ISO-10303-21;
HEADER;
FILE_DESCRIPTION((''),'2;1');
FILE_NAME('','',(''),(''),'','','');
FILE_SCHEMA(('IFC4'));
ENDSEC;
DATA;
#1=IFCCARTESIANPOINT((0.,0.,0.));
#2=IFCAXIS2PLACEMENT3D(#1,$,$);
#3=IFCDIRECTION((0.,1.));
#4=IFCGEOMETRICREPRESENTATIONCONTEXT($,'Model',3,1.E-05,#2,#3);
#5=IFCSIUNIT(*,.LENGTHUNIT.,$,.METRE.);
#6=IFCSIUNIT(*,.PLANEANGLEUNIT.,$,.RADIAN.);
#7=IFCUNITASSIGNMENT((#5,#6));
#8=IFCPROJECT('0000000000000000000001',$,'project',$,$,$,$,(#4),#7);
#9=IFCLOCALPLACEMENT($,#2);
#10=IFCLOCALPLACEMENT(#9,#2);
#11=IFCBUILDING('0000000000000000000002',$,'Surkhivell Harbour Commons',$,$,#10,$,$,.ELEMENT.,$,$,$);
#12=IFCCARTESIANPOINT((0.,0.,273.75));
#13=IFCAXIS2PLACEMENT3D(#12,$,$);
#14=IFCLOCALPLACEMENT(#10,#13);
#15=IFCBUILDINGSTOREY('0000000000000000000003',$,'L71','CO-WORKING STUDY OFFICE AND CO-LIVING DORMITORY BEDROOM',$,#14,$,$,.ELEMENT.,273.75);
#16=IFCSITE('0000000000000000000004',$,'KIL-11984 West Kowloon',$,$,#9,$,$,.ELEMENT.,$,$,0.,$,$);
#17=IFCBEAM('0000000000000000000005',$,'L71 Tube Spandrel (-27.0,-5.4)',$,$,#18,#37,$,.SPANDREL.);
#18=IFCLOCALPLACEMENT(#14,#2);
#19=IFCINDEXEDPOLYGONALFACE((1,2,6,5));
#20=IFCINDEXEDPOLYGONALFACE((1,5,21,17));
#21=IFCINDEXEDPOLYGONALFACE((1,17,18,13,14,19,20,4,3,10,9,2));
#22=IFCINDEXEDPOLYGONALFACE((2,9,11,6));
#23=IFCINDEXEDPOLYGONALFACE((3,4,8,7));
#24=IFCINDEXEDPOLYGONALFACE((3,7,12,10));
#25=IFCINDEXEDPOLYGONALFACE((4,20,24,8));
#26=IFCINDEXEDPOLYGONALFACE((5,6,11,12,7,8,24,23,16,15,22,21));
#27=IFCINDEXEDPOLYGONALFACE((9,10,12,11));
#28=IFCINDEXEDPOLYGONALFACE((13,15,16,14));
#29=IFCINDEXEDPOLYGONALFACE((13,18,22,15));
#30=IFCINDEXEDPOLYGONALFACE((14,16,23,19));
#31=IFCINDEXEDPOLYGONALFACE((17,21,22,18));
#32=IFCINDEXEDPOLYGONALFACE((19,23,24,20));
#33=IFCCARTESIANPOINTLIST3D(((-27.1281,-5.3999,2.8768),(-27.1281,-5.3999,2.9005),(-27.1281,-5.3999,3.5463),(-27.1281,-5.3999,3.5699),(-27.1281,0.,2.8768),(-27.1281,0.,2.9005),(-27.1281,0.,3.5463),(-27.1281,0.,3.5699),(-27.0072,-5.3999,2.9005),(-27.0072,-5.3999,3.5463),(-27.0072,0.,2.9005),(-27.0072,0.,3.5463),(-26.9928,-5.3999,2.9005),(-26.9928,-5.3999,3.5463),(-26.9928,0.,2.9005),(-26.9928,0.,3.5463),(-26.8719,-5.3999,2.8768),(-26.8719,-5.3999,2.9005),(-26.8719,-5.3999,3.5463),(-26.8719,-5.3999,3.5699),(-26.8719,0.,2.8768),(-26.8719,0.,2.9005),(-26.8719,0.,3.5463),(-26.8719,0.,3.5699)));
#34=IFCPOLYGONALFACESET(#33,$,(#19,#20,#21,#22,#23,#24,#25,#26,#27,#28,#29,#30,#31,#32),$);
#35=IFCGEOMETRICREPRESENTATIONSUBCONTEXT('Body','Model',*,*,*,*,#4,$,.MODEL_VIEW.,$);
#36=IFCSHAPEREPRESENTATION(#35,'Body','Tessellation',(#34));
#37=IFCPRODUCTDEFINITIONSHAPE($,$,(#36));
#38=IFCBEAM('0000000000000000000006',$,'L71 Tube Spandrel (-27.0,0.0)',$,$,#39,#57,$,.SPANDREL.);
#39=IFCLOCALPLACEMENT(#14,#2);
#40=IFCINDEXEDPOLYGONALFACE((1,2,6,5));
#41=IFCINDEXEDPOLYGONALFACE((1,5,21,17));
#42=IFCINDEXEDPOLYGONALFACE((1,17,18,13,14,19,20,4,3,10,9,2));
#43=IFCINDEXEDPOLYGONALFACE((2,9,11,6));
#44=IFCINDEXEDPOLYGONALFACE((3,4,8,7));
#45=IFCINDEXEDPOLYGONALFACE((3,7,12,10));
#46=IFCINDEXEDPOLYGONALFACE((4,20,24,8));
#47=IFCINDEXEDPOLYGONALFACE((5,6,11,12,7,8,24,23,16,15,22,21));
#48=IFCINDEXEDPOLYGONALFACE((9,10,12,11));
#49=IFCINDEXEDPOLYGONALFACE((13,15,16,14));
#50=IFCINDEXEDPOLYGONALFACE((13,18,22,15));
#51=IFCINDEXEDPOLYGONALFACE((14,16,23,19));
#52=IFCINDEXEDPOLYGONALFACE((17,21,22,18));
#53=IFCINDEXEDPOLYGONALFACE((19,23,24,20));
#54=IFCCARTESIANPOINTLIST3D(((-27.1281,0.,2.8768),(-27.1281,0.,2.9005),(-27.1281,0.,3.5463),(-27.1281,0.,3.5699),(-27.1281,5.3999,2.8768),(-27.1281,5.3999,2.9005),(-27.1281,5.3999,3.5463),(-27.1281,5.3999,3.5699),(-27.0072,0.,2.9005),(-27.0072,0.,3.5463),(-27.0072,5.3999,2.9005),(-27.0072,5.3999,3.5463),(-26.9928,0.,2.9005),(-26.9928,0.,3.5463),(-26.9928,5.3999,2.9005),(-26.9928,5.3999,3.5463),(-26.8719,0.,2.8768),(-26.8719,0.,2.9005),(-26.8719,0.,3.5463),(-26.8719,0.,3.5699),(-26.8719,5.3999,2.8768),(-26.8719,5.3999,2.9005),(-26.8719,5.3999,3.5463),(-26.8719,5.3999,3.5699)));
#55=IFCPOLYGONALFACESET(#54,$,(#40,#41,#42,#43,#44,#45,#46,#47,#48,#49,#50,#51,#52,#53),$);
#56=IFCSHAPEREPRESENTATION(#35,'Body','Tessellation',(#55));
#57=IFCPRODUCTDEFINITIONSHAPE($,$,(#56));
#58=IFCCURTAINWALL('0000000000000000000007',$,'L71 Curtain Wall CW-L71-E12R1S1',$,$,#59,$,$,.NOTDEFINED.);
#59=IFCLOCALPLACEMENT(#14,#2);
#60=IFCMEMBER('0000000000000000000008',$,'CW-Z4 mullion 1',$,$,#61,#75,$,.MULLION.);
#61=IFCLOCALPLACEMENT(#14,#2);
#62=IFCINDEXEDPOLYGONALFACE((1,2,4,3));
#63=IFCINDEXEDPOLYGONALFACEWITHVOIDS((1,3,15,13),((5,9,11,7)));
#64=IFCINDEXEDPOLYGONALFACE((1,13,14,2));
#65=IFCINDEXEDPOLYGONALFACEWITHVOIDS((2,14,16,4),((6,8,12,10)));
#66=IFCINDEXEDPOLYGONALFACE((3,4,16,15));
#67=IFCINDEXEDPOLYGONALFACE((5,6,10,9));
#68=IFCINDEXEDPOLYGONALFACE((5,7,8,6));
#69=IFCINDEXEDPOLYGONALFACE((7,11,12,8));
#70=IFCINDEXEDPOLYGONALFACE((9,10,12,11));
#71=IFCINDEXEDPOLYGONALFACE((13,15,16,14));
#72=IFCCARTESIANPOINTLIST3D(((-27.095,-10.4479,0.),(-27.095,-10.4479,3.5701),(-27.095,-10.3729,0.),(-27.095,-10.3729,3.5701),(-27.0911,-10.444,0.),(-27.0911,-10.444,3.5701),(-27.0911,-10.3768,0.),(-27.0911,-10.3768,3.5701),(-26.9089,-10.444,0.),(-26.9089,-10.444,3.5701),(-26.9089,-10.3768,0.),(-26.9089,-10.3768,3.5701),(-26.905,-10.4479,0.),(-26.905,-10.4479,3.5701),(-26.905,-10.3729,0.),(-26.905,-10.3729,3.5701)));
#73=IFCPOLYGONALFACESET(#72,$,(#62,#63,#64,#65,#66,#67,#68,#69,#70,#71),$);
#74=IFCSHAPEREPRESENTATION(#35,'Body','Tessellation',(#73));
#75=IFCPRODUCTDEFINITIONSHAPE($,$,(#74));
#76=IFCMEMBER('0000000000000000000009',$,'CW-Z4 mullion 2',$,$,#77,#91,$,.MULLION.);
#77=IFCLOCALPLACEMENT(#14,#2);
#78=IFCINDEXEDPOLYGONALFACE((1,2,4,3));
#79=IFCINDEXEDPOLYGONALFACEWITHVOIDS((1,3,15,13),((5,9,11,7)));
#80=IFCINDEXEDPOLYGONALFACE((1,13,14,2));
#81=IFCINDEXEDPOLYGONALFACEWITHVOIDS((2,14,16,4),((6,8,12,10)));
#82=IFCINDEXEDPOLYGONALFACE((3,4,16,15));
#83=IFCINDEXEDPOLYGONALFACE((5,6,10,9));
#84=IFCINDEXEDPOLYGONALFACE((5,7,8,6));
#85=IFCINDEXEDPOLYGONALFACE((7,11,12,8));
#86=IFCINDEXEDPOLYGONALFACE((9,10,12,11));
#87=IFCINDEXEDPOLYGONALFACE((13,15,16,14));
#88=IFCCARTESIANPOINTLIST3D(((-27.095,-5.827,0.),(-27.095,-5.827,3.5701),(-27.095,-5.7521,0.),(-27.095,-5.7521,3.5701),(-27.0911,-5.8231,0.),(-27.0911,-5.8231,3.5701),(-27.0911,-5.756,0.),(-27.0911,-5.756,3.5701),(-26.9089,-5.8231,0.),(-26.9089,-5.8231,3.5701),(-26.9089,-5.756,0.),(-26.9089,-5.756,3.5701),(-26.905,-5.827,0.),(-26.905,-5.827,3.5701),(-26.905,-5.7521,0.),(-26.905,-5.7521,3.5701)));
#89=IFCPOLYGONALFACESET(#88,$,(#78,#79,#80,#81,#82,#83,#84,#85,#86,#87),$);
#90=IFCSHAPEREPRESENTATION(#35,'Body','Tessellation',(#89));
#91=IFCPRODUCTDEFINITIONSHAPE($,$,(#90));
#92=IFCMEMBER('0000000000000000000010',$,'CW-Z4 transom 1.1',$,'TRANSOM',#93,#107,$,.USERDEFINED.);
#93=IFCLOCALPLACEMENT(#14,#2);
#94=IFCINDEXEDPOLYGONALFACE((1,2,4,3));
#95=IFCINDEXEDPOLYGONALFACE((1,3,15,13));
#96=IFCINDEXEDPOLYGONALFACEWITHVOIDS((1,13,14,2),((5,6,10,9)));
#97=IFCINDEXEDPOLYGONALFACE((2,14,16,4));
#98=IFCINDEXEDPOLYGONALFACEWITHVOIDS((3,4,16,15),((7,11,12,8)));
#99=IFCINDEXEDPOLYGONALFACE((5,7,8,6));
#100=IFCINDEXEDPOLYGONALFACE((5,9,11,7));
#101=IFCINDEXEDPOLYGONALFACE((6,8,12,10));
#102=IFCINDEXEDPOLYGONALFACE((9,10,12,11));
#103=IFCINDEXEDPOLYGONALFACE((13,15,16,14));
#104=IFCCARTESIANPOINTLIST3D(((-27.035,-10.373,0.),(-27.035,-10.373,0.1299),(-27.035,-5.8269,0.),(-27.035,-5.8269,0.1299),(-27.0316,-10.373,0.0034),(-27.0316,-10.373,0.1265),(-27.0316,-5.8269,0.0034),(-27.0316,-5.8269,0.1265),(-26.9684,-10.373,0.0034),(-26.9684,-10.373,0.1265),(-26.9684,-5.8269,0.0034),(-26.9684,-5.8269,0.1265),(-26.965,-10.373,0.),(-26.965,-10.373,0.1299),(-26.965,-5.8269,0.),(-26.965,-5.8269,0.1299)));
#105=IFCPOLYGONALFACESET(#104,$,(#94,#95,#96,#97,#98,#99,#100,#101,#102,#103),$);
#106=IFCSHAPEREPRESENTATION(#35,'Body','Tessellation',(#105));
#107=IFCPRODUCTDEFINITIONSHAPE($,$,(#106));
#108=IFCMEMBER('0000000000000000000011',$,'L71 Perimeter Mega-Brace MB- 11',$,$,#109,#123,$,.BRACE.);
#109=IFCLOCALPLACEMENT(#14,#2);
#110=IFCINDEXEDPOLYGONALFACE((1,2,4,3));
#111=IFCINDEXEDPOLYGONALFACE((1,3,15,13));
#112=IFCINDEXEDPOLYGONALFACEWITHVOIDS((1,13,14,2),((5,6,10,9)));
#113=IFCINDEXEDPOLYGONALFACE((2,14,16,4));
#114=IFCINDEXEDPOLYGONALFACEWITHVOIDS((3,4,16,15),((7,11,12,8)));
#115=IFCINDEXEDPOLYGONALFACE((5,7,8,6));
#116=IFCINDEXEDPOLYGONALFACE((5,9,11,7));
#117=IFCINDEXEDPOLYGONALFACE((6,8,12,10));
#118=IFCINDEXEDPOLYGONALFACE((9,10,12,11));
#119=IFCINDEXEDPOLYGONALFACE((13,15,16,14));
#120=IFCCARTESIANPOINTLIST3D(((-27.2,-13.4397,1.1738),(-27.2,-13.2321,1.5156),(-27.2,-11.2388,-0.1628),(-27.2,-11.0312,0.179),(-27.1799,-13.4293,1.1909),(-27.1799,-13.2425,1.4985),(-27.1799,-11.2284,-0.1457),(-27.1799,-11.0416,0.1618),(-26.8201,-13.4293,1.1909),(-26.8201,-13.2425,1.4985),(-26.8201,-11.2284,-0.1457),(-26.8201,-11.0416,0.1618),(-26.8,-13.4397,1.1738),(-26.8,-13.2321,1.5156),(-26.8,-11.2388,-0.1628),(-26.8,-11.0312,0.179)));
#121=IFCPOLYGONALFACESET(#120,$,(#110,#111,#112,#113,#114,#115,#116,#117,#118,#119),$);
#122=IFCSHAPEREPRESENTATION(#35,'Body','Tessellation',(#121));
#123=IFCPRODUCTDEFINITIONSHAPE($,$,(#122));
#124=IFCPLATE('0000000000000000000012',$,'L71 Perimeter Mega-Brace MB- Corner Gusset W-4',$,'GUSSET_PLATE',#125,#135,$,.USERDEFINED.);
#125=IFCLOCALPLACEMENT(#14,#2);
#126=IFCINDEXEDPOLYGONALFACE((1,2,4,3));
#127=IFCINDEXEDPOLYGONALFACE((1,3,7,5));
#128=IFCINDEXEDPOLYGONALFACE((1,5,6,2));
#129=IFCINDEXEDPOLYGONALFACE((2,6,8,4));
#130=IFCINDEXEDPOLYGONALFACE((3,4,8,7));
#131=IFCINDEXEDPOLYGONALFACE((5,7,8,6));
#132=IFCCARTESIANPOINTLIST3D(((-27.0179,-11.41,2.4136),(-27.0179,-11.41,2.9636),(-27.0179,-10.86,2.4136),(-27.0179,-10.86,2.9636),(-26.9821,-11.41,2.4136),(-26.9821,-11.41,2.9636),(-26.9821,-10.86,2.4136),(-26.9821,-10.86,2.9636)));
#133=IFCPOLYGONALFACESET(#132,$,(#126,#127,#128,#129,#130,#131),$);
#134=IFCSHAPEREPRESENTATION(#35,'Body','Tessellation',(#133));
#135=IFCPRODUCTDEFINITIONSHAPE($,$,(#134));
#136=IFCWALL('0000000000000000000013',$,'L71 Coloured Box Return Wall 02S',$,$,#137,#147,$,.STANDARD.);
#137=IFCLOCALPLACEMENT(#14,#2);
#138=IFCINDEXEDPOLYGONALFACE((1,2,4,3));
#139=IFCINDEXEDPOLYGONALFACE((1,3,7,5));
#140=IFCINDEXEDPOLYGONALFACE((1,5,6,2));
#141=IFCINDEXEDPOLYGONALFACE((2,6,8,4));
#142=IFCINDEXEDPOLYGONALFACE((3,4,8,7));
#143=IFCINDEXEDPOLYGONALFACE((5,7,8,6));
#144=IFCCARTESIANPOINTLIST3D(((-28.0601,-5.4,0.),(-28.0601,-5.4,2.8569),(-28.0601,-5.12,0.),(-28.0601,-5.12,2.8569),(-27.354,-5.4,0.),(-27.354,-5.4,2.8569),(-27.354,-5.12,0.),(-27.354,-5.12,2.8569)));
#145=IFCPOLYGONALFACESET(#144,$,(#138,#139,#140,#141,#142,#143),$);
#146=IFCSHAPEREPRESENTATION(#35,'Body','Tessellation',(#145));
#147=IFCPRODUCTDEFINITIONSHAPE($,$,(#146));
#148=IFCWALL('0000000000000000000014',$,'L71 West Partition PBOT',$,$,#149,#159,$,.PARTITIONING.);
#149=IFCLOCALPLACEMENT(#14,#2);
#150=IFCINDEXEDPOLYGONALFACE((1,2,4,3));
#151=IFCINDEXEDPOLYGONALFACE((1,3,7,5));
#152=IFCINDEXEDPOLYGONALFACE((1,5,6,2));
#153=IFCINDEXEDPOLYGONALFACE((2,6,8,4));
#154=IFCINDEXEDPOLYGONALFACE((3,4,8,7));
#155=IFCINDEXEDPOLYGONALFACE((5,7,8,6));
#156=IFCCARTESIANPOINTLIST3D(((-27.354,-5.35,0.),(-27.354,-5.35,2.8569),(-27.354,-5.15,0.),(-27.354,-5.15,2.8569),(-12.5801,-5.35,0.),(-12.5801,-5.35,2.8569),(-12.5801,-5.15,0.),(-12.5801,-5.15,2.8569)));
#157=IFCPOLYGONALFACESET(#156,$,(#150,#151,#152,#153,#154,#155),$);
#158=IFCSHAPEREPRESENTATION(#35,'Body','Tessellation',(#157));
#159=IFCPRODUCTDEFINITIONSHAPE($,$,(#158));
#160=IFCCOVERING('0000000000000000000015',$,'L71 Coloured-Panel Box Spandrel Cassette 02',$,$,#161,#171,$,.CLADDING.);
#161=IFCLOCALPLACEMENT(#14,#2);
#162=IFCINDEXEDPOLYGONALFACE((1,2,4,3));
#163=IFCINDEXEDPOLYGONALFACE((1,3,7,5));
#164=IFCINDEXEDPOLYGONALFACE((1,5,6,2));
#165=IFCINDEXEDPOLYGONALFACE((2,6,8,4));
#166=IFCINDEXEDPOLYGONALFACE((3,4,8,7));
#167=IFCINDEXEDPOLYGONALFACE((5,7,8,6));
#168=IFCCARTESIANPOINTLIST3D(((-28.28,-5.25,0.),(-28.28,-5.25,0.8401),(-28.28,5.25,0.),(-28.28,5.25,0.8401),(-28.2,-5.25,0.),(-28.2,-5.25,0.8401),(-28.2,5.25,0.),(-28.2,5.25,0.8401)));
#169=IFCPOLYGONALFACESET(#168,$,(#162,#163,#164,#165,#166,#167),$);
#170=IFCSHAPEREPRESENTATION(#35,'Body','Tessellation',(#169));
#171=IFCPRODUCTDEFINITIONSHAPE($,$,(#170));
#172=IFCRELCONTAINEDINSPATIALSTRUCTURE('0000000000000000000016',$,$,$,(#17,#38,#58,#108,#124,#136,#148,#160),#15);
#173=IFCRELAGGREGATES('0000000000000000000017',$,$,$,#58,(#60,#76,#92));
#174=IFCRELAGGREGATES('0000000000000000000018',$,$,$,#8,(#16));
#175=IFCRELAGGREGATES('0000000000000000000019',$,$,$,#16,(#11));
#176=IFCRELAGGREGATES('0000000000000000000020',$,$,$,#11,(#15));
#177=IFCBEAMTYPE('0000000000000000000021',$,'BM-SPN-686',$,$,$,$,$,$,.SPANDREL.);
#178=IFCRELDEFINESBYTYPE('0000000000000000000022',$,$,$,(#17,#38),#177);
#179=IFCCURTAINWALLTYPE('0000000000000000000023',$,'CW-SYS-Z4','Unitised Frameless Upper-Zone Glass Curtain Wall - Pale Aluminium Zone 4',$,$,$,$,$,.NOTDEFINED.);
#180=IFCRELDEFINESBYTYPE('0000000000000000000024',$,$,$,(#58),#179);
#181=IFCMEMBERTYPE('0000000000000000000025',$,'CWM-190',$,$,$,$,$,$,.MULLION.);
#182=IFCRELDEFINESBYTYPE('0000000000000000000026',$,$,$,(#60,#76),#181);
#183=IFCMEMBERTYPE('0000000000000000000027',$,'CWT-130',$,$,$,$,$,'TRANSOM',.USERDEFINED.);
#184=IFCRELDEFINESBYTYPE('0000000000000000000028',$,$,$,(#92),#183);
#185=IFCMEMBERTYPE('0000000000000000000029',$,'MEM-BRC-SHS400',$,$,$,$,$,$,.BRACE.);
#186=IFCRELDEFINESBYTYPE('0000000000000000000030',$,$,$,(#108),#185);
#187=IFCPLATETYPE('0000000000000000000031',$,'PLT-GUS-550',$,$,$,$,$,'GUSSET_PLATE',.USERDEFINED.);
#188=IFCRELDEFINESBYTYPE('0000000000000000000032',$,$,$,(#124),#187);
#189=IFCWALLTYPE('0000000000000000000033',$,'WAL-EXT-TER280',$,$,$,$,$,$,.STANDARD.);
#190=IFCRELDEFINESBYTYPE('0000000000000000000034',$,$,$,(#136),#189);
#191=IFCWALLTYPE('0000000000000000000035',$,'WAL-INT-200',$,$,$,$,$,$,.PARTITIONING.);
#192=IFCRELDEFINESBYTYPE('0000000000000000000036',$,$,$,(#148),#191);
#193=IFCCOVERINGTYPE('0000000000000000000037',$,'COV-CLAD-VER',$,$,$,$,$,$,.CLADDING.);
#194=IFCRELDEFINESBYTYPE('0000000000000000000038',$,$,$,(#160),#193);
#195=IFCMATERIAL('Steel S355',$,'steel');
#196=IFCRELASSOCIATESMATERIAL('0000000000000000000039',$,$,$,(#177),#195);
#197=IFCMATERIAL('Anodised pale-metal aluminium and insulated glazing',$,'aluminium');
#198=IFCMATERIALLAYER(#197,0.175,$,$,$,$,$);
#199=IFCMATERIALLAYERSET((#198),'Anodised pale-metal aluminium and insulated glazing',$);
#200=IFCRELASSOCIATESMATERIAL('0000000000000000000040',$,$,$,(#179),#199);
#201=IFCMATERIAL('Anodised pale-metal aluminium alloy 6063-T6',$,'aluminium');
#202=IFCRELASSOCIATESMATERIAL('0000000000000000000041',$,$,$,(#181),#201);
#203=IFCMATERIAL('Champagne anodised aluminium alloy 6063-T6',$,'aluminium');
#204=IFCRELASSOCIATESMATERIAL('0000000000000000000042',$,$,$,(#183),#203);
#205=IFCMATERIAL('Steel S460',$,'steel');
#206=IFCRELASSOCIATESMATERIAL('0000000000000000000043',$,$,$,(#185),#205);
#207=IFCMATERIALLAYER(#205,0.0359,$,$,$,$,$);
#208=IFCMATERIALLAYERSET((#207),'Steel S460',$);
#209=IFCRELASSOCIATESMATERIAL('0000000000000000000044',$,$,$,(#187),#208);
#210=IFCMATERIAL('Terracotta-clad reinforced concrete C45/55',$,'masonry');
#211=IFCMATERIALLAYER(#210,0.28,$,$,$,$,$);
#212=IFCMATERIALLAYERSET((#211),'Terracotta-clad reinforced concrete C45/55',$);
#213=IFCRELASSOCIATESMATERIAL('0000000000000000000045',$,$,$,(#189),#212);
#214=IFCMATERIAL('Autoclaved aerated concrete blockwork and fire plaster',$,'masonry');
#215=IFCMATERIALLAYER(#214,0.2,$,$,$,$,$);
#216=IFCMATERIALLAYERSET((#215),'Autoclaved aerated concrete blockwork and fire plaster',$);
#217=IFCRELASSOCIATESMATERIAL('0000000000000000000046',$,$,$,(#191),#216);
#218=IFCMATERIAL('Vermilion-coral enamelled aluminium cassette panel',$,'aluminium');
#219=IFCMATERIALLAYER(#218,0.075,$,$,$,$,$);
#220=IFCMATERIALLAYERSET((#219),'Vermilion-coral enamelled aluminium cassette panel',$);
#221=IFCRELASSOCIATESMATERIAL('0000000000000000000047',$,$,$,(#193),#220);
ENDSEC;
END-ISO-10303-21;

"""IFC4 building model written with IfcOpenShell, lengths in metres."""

from ifc_helpers import new_model, si_unit, direction, frame, frame_2d, origin, origin_2d, place, context, subcontext, project, spatial, rectangle, hollow_rectangle, i_section, extrude, material, layer, layer_set, material_profile, profile_set, type_object, element, aggregate, save


model = new_model("IFC4")

# Units and contexts
model_context = context("Model", 3, precision=1e-05, world=origin(), true_north=direction((0.0, 1.0)))
body_context = subcontext(model_context, "Body", "Model", "MODEL_VIEW")
ifc_project = project(units=[si_unit("LENGTHUNIT", "METRE"), si_unit("PLANEANGLEUNIT", "RADIAN")], contexts=[model_context])

# Site, building, storey
site_placement = place(None, origin())
site = spatial("IfcSite", under=ifc_project, at=site_placement, Name="KIL-11984 West Kowloon", CompositionType="ELEMENT", RefElevation=0.0)
building_placement = place(site_placement, origin())
building = spatial("IfcBuilding", under=site, at=building_placement, Name="Surkhivell Harbour Commons", CompositionType="ELEMENT")
storey_placement = place(building_placement, frame((0.0, 0.0, 273.75)))
storey = spatial("IfcBuildingStorey", under=building, at=storey_placement, Name="L71", Description="CO-WORKING STUDY OFFICE AND CO-LIVING DORMITORY BEDROOM", CompositionType="ELEMENT", Elevation=273.75)

# Beams
ifc_material_1 = material(Name="Steel S460", Category="steel")
ifc_material_2 = material(Name="Steel S355", Category="steel")
ifc_material_profile_1 = material_profile(ifc_material_2, i_section(OverallWidth=0.2561, OverallDepth=0.6931, WebThickness=0.0144, FlangeThickness=0.0237, at=origin_2d()), Name="UB686x254x170")
ifc_profile_set_1 = profile_set([ifc_material_profile_1], Name="Steel S355")
beam_type_1 = type_object("IfcBeamType", Name="BM-SPN-686", PredefinedType="SPANDREL", material=ifc_profile_set_1)
for number, where, z_axis, x_axis, name in (
    (1, (-27.0, -5.3999, 3.2234), (0.0, 1.0, 0.0), (-1.0, 0.0, 0.0), "L71 Tube Spandrel (-27.0,-5.4)"),
    (2, (-27.0, 0.0, 3.2234), (0.0, 1.0, 0.0), (-1.0, 0.0, 0.0), "L71 Tube Spandrel (-27.0,0.0)"),
):
    element("IfcBeam", number, at=place(storey_placement, frame(where, z_axis=z_axis, x_axis=x_axis)), inside=storey, type_object=beam_type_1, Name=name, PredefinedType="SPANDREL", context=body_context, shape_type="SweptSolid", body=[
        extrude(i_section(OverallWidth=0.2561, OverallDepth=0.6931, WebThickness=0.0144, FlangeThickness=0.0237, at=origin_2d()), origin(), (0.0, 0.0, 1.0), 5.3999),
    ])

# Curtain wall, members
ifc_material_3 = material(Name="Anodised pale-metal aluminium and insulated glazing", Category="aluminium")
ifc_layer_1 = layer(ifc_material_3, 0.175)
ifc_layer_set_1 = layer_set([ifc_layer_1], Name="Anodised pale-metal aluminium and insulated glazing")
curtain_wall_type = type_object("IfcCurtainWallType", Name="CW-SYS-Z4", Description="Unitised Frameless Upper-Zone Glass Curtain Wall - Pale Aluminium Zone 4", PredefinedType="NOTDEFINED", material=ifc_layer_set_1)
curtain_wall_placement = place(storey_placement, origin())
curtain_wall = element("IfcCurtainWall", 3, at=curtain_wall_placement, inside=storey, type_object=curtain_wall_type, Name="L71 Curtain Wall CW-L71-E12R1S1", PredefinedType="NOTDEFINED")
ifc_material_4 = material(Name="Anodised pale-metal aluminium alloy 6063-T6", Category="aluminium")
ifc_material_profile_2 = material_profile(ifc_material_4, hollow_rectangle(XDim=0.075, YDim=0.1899, WallThickness=0.0039, at=origin_2d()), Name="ALU-MULL-75x190")
ifc_profile_set_2 = profile_set([ifc_material_profile_2], Name="Anodised pale-metal aluminium alloy 6063-T6")
member_type_1 = type_object("IfcMemberType", Name="CWM-190", PredefinedType="MULLION", material=ifc_profile_set_2)
member_1_placement = place(storey_placement, frame((-27.0, -10.4104, 0.0), z_axis=(0.0, 0.0, 1.0), x_axis=(0.0, 1.0, 0.0)))
member_1 = element("IfcMember", 4, at=member_1_placement, type_object=member_type_1, Name="CW-Z4 mullion 1", PredefinedType="MULLION", context=body_context, shape_type="SweptSolid", body=[
    extrude(hollow_rectangle(XDim=0.075, YDim=0.1899, WallThickness=0.0039, at=origin_2d()), origin(), (0.0, 0.0, 1.0), 3.5701),
])
member_2_placement = place(storey_placement, frame((-27.0, -5.7896, 0.0), z_axis=(0.0, 0.0, 1.0), x_axis=(0.0, 1.0, 0.0)))
member_2 = element("IfcMember", 5, at=member_2_placement, type_object=member_type_1, Name="CW-Z4 mullion 2", PredefinedType="MULLION", context=body_context, shape_type="SweptSolid", body=[
    extrude(hollow_rectangle(XDim=0.075, YDim=0.1899, WallThickness=0.0039, at=origin_2d()), origin(), (0.0, 0.0, 1.0), 3.5701),
])
ifc_material_5 = material(Name="Champagne anodised aluminium alloy 6063-T6", Category="aluminium")
ifc_material_profile_3 = material_profile(ifc_material_5, hollow_rectangle(XDim=0.0701, YDim=0.1299, WallThickness=0.0034, at=origin_2d()), Name="ALU-TRAN-70x130")
ifc_profile_set_3 = profile_set([ifc_material_profile_3], Name="Champagne anodised aluminium alloy 6063-T6")
member_type_2 = type_object("IfcMemberType", Name="CWT-130", ElementType="TRANSOM", PredefinedType="USERDEFINED", material=ifc_profile_set_3)
member_3_placement = place(storey_placement, frame((-27.0, -10.373, 0.0649), z_axis=(0.0, 1.0, 0.0), x_axis=(-1.0, 0.0, 0.0)))
member_3 = element("IfcMember", 6, at=member_3_placement, type_object=member_type_2, Name="CW-Z4 transom 1.1", ObjectType="TRANSOM", PredefinedType="USERDEFINED", context=body_context, shape_type="SweptSolid", body=[
    extrude(hollow_rectangle(XDim=0.0701, YDim=0.1299, WallThickness=0.0034, at=origin_2d()), origin(), (0.0, 0.0, 1.0), 4.5461),
])

# Member
ifc_material_profile_4 = material_profile(ifc_material_1, hollow_rectangle(XDim=0.3999, YDim=0.3999, WallThickness=0.02, at=origin_2d()), Name="SHS400x400x20")
ifc_profile_set_4 = profile_set([ifc_material_profile_4], Name="Steel S460")
member_type_3 = type_object("IfcMemberType", Name="MEM-BRC-SHS400", PredefinedType="BRACE", material=ifc_profile_set_4)
member_4_placement = place(storey_placement, frame((-27.0, -11.135, 0.0081), z_axis=(0.0, -0.85472, 0.519089), x_axis=(1.0, 0.0, 0.0)))
element("IfcMember", 7, at=member_4_placement, inside=storey, type_object=member_type_3, Name="L71 Perimeter Mega-Brace MB- 11", PredefinedType="BRACE", context=body_context, shape_type="SweptSolid", body=[
    extrude(hollow_rectangle(XDim=0.3999, YDim=0.3999, WallThickness=0.02, at=origin_2d()), origin(), (0.0, 0.0, 1.0), 2.575),
])

# Plate
aggregate(curtain_wall, [member_1, member_2, member_3])
ifc_layer_2 = layer(ifc_material_1, 0.0359)
ifc_layer_set_2 = layer_set([ifc_layer_2], Name="Steel S460")
plate_type_1 = type_object("IfcPlateType", Name="PLT-GUS-550", ElementType="GUSSET_PLATE", PredefinedType="USERDEFINED", material=ifc_layer_set_2)
plate_1_placement = place(storey_placement, frame((-27.0, -11.135, 2.4136), z_axis=(0.0, 0.0, 1.0), x_axis=(0.0, 1.0, 0.0)))
element("IfcPlate", 8, at=plate_1_placement, inside=storey, type_object=plate_type_1, Name="L71 Perimeter Mega-Brace MB- Corner Gusset W-4", ObjectType="GUSSET_PLATE", PredefinedType="USERDEFINED", context=body_context, shape_type="SweptSolid", body=[
    extrude(rectangle(XDim=0.55, YDim=0.0359, at=origin_2d()), origin(), (0.0, 0.0, 1.0), 0.55),
])

# Walls
ifc_material_6 = material(Name="Terracotta-clad reinforced concrete C45/55", Category="masonry")
ifc_layer_3 = layer(ifc_material_6, 0.28)
ifc_layer_set_3 = layer_set([ifc_layer_3], Name="Terracotta-clad reinforced concrete C45/55")
wall_type_1 = type_object("IfcWallType", Name="WAL-EXT-TER280", PredefinedType="STANDARD", material=ifc_layer_set_3)
wall_1_placement = place(storey_placement, frame((-28.0601, -5.26, 0.0), z_axis=(0.0, 0.0, 1.0), x_axis=(1.0, 0.0, 0.0)))
element("IfcWall", 9, at=wall_1_placement, inside=storey, type_object=wall_type_1, Name="L71 Coloured Box Return Wall 02S", PredefinedType="STANDARD", context=body_context, shape_type="SweptSolid", body=[
    extrude(rectangle(XDim=0.7061, YDim=0.28, at=frame_2d((0.353, 0.0))), origin(), (0.0, 0.0, 1.0), 2.8569),
])
ifc_material_7 = material(Name="Autoclaved aerated concrete blockwork and fire plaster", Category="masonry")
ifc_layer_4 = layer(ifc_material_7, 0.2)
ifc_layer_set_4 = layer_set([ifc_layer_4], Name="Autoclaved aerated concrete blockwork and fire plaster")
wall_type_2 = type_object("IfcWallType", Name="WAL-INT-200", PredefinedType="PARTITIONING", material=ifc_layer_set_4)
wall_2_placement = place(storey_placement, frame((-27.354, -5.25, 0.0), z_axis=(0.0, 0.0, 1.0), x_axis=(1.0, 0.0, 0.0)))
element("IfcWall", 10, at=wall_2_placement, inside=storey, type_object=wall_type_2, Name="L71 West Partition PBOT", PredefinedType="PARTITIONING", context=body_context, shape_type="SweptSolid", body=[
    extrude(rectangle(XDim=14.7739, YDim=0.2, at=frame_2d((7.387, 0.0))), origin(), (0.0, 0.0, 1.0), 2.8569),
])

# Covering
ifc_material_8 = material(Name="Vermilion-coral enamelled aluminium cassette panel", Category="aluminium")
ifc_layer_5 = layer(ifc_material_8, 0.075)
ifc_layer_set_5 = layer_set([ifc_layer_5], Name="Vermilion-coral enamelled aluminium cassette panel")
covering_type = type_object("IfcCoveringType", Name="COV-CLAD-VER", PredefinedType="CLADDING", material=ifc_layer_set_5)
covering_placement = place(storey_placement, frame((-28.24, 0.0, 0.0), z_axis=(0.0, 0.0, 1.0), x_axis=(1.0, 0.0, 0.0)))
element("IfcCovering", 11, at=covering_placement, inside=storey, type_object=covering_type, Name="L71 Coloured-Panel Box Spandrel Cassette 02", PredefinedType="CLADDING", context=body_context, shape_type="SweptSolid", body=[
    extrude(rectangle(XDim=0.0801, YDim=10.5, at=origin_2d()), origin(), (0.0, 0.0, 1.0), 0.8401),
])

save(model, "model.ifc")
